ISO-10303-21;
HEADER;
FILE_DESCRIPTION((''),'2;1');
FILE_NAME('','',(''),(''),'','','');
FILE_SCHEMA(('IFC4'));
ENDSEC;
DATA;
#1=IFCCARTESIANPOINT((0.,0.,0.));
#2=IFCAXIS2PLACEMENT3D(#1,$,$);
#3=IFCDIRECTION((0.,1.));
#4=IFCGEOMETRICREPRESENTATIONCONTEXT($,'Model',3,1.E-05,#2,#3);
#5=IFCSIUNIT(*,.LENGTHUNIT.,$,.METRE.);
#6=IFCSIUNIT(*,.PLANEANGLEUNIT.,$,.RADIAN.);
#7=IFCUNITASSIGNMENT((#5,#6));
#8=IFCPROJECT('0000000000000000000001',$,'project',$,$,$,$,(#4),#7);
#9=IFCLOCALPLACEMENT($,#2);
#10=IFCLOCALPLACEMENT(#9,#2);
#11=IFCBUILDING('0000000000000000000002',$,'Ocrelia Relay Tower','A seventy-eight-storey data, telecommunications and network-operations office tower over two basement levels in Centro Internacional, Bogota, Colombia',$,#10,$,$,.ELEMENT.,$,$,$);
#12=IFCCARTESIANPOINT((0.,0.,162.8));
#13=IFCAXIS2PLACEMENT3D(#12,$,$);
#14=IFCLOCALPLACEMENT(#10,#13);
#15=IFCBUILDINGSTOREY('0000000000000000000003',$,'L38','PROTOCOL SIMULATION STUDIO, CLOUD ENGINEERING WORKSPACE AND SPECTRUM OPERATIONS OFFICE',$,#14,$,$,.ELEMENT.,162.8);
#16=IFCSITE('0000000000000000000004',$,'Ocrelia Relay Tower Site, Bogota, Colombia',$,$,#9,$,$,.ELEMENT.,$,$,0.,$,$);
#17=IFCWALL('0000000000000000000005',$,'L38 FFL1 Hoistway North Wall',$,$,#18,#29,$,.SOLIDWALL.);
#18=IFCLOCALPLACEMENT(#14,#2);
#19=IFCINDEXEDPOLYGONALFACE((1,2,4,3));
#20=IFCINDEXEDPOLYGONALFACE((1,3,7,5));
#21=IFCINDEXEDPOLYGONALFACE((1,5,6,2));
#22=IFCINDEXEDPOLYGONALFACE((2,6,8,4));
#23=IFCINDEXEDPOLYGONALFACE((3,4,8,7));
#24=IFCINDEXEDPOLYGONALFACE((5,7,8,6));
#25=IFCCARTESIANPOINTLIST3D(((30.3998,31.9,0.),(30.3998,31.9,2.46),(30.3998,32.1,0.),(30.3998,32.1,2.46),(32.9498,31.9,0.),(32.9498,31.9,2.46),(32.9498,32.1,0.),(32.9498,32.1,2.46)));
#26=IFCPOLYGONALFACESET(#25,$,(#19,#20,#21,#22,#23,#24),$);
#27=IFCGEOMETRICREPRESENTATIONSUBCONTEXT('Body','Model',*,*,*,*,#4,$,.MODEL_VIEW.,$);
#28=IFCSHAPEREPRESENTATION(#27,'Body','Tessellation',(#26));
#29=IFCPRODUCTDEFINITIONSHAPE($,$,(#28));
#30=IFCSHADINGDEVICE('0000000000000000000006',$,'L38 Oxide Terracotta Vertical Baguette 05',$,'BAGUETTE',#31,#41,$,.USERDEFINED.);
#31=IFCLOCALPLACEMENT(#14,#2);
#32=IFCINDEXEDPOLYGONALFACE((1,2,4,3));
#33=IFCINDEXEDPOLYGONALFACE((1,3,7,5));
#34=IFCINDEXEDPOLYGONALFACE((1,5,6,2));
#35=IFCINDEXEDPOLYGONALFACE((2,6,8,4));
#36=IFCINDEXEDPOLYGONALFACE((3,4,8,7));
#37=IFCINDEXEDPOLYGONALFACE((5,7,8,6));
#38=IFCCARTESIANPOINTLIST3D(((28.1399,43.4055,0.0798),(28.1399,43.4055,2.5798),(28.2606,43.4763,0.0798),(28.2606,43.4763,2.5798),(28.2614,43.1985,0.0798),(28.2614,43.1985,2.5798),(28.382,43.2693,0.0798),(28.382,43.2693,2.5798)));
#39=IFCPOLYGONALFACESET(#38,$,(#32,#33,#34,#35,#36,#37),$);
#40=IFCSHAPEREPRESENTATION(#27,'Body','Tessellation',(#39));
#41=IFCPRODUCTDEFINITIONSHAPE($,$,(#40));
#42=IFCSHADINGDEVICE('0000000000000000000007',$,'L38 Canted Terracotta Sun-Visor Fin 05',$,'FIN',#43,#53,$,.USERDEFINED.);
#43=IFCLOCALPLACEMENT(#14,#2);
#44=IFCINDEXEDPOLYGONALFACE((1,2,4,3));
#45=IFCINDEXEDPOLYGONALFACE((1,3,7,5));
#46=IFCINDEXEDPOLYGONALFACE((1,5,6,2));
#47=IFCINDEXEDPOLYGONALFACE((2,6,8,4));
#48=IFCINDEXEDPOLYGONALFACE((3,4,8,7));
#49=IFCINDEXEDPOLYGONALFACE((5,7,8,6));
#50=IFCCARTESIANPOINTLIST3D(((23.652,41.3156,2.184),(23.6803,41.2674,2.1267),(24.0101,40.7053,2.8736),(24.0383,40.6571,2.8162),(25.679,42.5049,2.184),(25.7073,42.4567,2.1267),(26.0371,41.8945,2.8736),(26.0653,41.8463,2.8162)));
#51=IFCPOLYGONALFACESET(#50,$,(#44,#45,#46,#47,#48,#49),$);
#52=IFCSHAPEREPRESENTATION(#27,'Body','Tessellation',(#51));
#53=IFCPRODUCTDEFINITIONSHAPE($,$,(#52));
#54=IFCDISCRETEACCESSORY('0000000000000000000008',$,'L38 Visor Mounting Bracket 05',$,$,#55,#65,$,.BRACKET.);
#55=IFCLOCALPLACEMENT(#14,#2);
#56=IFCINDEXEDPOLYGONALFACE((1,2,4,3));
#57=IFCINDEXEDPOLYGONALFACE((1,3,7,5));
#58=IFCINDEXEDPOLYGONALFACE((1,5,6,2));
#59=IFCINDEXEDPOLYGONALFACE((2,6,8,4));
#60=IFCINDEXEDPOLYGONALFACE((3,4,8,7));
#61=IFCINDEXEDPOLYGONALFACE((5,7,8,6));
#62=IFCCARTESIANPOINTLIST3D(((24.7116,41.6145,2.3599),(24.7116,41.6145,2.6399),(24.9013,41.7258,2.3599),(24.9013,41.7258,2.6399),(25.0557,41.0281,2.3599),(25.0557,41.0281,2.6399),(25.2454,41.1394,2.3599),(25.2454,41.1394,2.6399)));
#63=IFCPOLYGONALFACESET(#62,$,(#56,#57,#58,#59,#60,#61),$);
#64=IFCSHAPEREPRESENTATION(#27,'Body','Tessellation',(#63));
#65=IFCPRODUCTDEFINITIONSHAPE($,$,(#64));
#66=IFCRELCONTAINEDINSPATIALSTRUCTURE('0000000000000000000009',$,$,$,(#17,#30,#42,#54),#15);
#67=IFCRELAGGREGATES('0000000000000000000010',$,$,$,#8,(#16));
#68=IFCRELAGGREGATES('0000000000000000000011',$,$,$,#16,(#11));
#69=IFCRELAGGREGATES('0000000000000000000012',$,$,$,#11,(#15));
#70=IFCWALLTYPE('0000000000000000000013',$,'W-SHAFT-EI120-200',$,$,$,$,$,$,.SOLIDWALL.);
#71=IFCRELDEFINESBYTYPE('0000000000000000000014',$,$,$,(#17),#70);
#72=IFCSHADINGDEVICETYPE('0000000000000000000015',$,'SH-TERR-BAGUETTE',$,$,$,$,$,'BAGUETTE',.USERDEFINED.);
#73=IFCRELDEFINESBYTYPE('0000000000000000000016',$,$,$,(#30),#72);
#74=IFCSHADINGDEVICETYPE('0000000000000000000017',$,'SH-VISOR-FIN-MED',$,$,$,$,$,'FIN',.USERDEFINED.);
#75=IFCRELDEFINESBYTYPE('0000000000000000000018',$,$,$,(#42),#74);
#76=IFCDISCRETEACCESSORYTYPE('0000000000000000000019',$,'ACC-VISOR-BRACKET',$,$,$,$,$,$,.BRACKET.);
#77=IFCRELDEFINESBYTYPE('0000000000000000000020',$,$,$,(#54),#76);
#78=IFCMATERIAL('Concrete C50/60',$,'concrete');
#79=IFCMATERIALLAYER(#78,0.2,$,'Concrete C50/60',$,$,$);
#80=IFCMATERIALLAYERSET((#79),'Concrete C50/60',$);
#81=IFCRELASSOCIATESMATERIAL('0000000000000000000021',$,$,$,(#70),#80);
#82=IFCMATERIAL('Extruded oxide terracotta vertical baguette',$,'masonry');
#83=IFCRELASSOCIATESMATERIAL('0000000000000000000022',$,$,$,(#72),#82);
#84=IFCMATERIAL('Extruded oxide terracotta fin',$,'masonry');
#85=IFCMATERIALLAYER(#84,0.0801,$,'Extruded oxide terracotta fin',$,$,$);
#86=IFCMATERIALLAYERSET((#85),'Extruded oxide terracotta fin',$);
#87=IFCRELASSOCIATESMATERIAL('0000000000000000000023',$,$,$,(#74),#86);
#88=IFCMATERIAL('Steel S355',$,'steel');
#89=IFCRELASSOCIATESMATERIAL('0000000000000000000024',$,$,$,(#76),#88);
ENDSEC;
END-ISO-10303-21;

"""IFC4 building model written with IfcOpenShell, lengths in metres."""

from ifc_helpers import new_model, si_unit, direction, frame, frame_2d, origin, origin_2d, place, context, subcontext, project, spatial, rectangle, extrude, material, layer, layer_set, type_object, element, save


model = new_model("IFC4")

# Units and contexts
model_context = context("Model", 3, precision=1e-05, world=origin(), true_north=direction((0.0, 1.0)))
body_context = subcontext(model_context, "Body", "Model", "MODEL_VIEW")
ifc_project = project(units=[si_unit("LENGTHUNIT", "METRE"), si_unit("PLANEANGLEUNIT", "RADIAN")], contexts=[model_context])

# Site, building, storey
site_placement = place(None, origin())
site = spatial("IfcSite", under=ifc_project, at=site_placement, Name="Ocrelia Relay Tower Site, Bogota, Colombia", CompositionType="ELEMENT", RefElevation=0.0)
building_placement = place(site_placement, origin())
building = spatial("IfcBuilding", under=site, at=building_placement, Name="Ocrelia Relay Tower", Description="A seventy-eight-storey data, telecommunications and network-operations office tower over two basement levels in Centro Internacional, Bogota, Colombia", CompositionType="ELEMENT")
storey_placement = place(building_placement, frame((0.0, 0.0, 162.8)))
storey = spatial("IfcBuildingStorey", under=building, at=storey_placement, Name="L38", Description="PROTOCOL SIMULATION STUDIO, CLOUD ENGINEERING WORKSPACE AND SPECTRUM OPERATIONS OFFICE", CompositionType="ELEMENT", Elevation=162.8)

# Shared definitions
ifc_material_1 = material(Name="Steel S355", Category="steel")

# Shared definitions
ifc_material_2 = material(Name="Concrete C50/60", Category="concrete")

# Wall
ifc_layer_1 = layer(ifc_material_2, 0.2, Name="Concrete C50/60")
ifc_layer_set_1 = layer_set([ifc_layer_1], Name="Concrete C50/60")
wall_type_1 = type_object("IfcWallType", Name="W-SHAFT-EI120-200", PredefinedType="SOLIDWALL", material=ifc_layer_set_1)
wall_1_placement = place(storey_placement, frame((30.3999, 32.0, 0.0), z_axis=(0.0, 0.0, 1.0), x_axis=(1.0, 0.0, 0.0)))
element("IfcWall", 1, at=wall_1_placement, inside=storey, type_object=wall_type_1, Name="L38 FFL1 Hoistway North Wall", PredefinedType="SOLIDWALL", context=body_context, shape_type="SweptSolid", body=[
    extrude(rectangle(XDim=2.55, YDim=0.2, at=frame_2d((1.2749, 0.0))), origin(), (0.0, 0.0, 1.0), 2.46),
])

# Shading devices
ifc_material_3 = material(Name="Extruded oxide terracotta vertical baguette", Category="masonry")
shading_device_type_1 = type_object("IfcShadingDeviceType", Name="SH-TERR-BAGUETTE", ElementType="BAGUETTE", PredefinedType="USERDEFINED", material=ifc_material_3)
shading_device_1_placement = place(storey_placement, frame((28.261, 43.3374, 0.0798), z_axis=(0.0, 0.0, 1.0), x_axis=(-0.862513, -0.506035, 0.0)))
element("IfcShadingDevice", 2, at=shading_device_1_placement, inside=storey, type_object=shading_device_type_1, Name="L38 Oxide Terracotta Vertical Baguette 05", ObjectType="BAGUETTE", PredefinedType="USERDEFINED", context=body_context, shape_type="SweptSolid", body=[
    extrude(rectangle(XDim=0.1399, YDim=0.24, at=origin_2d()), origin(), (0.0, 0.0, 1.0), 2.5),
])
ifc_material_4 = material(Name="Extruded oxide terracotta fin", Category="masonry")
ifc_layer_2 = layer(ifc_material_4, 0.0801, Name="Extruded oxide terracotta fin")
ifc_layer_set_2 = layer_set([ifc_layer_2], Name="Extruded oxide terracotta fin")
shading_device_type_2 = type_object("IfcShadingDeviceType", Name="SH-VISOR-FIN-MED", ElementType="FIN", PredefinedType="USERDEFINED", material=ifc_layer_set_2)
shading_device_2_placement = place(storey_placement, frame((24.8728, 41.5569, 2.4714), z_axis=(-0.353169, 0.601961, 0.71618), x_axis=(-0.862513, -0.506035, 0.0)))
element("IfcShadingDevice", 3, at=shading_device_2_placement, inside=storey, type_object=shading_device_type_2, Name="L38 Canted Terracotta Sun-Visor Fin 05", ObjectType="FIN", PredefinedType="USERDEFINED", context=body_context, shape_type="SweptSolid", body=[
    extrude(rectangle(XDim=2.3501, YDim=0.988, at=origin_2d()), origin(), (0.0, 0.0, 1.0), 0.0801),
])

# Discrete accessory
discrete_accessory_type = type_object("IfcDiscreteAccessoryType", Name="ACC-VISOR-BRACKET", PredefinedType="BRACKET", material=ifc_material_1)
discrete_accessory_placement = place(storey_placement, frame((24.9785, 41.377, 2.3599), z_axis=(0.0, 0.0, 1.0), x_axis=(-0.862513, -0.506035, 0.0)))
element("IfcDiscreteAccessory", 4, at=discrete_accessory_placement, inside=storey, type_object=discrete_accessory_type, Name="L38 Visor Mounting Bracket 05", PredefinedType="BRACKET", context=body_context, shape_type="SweptSolid", body=[
    extrude(rectangle(XDim=0.22, YDim=0.6799, at=origin_2d()), origin(), (0.0, 0.0, 1.0), 0.28),
])

save(model, "model.ifc")
